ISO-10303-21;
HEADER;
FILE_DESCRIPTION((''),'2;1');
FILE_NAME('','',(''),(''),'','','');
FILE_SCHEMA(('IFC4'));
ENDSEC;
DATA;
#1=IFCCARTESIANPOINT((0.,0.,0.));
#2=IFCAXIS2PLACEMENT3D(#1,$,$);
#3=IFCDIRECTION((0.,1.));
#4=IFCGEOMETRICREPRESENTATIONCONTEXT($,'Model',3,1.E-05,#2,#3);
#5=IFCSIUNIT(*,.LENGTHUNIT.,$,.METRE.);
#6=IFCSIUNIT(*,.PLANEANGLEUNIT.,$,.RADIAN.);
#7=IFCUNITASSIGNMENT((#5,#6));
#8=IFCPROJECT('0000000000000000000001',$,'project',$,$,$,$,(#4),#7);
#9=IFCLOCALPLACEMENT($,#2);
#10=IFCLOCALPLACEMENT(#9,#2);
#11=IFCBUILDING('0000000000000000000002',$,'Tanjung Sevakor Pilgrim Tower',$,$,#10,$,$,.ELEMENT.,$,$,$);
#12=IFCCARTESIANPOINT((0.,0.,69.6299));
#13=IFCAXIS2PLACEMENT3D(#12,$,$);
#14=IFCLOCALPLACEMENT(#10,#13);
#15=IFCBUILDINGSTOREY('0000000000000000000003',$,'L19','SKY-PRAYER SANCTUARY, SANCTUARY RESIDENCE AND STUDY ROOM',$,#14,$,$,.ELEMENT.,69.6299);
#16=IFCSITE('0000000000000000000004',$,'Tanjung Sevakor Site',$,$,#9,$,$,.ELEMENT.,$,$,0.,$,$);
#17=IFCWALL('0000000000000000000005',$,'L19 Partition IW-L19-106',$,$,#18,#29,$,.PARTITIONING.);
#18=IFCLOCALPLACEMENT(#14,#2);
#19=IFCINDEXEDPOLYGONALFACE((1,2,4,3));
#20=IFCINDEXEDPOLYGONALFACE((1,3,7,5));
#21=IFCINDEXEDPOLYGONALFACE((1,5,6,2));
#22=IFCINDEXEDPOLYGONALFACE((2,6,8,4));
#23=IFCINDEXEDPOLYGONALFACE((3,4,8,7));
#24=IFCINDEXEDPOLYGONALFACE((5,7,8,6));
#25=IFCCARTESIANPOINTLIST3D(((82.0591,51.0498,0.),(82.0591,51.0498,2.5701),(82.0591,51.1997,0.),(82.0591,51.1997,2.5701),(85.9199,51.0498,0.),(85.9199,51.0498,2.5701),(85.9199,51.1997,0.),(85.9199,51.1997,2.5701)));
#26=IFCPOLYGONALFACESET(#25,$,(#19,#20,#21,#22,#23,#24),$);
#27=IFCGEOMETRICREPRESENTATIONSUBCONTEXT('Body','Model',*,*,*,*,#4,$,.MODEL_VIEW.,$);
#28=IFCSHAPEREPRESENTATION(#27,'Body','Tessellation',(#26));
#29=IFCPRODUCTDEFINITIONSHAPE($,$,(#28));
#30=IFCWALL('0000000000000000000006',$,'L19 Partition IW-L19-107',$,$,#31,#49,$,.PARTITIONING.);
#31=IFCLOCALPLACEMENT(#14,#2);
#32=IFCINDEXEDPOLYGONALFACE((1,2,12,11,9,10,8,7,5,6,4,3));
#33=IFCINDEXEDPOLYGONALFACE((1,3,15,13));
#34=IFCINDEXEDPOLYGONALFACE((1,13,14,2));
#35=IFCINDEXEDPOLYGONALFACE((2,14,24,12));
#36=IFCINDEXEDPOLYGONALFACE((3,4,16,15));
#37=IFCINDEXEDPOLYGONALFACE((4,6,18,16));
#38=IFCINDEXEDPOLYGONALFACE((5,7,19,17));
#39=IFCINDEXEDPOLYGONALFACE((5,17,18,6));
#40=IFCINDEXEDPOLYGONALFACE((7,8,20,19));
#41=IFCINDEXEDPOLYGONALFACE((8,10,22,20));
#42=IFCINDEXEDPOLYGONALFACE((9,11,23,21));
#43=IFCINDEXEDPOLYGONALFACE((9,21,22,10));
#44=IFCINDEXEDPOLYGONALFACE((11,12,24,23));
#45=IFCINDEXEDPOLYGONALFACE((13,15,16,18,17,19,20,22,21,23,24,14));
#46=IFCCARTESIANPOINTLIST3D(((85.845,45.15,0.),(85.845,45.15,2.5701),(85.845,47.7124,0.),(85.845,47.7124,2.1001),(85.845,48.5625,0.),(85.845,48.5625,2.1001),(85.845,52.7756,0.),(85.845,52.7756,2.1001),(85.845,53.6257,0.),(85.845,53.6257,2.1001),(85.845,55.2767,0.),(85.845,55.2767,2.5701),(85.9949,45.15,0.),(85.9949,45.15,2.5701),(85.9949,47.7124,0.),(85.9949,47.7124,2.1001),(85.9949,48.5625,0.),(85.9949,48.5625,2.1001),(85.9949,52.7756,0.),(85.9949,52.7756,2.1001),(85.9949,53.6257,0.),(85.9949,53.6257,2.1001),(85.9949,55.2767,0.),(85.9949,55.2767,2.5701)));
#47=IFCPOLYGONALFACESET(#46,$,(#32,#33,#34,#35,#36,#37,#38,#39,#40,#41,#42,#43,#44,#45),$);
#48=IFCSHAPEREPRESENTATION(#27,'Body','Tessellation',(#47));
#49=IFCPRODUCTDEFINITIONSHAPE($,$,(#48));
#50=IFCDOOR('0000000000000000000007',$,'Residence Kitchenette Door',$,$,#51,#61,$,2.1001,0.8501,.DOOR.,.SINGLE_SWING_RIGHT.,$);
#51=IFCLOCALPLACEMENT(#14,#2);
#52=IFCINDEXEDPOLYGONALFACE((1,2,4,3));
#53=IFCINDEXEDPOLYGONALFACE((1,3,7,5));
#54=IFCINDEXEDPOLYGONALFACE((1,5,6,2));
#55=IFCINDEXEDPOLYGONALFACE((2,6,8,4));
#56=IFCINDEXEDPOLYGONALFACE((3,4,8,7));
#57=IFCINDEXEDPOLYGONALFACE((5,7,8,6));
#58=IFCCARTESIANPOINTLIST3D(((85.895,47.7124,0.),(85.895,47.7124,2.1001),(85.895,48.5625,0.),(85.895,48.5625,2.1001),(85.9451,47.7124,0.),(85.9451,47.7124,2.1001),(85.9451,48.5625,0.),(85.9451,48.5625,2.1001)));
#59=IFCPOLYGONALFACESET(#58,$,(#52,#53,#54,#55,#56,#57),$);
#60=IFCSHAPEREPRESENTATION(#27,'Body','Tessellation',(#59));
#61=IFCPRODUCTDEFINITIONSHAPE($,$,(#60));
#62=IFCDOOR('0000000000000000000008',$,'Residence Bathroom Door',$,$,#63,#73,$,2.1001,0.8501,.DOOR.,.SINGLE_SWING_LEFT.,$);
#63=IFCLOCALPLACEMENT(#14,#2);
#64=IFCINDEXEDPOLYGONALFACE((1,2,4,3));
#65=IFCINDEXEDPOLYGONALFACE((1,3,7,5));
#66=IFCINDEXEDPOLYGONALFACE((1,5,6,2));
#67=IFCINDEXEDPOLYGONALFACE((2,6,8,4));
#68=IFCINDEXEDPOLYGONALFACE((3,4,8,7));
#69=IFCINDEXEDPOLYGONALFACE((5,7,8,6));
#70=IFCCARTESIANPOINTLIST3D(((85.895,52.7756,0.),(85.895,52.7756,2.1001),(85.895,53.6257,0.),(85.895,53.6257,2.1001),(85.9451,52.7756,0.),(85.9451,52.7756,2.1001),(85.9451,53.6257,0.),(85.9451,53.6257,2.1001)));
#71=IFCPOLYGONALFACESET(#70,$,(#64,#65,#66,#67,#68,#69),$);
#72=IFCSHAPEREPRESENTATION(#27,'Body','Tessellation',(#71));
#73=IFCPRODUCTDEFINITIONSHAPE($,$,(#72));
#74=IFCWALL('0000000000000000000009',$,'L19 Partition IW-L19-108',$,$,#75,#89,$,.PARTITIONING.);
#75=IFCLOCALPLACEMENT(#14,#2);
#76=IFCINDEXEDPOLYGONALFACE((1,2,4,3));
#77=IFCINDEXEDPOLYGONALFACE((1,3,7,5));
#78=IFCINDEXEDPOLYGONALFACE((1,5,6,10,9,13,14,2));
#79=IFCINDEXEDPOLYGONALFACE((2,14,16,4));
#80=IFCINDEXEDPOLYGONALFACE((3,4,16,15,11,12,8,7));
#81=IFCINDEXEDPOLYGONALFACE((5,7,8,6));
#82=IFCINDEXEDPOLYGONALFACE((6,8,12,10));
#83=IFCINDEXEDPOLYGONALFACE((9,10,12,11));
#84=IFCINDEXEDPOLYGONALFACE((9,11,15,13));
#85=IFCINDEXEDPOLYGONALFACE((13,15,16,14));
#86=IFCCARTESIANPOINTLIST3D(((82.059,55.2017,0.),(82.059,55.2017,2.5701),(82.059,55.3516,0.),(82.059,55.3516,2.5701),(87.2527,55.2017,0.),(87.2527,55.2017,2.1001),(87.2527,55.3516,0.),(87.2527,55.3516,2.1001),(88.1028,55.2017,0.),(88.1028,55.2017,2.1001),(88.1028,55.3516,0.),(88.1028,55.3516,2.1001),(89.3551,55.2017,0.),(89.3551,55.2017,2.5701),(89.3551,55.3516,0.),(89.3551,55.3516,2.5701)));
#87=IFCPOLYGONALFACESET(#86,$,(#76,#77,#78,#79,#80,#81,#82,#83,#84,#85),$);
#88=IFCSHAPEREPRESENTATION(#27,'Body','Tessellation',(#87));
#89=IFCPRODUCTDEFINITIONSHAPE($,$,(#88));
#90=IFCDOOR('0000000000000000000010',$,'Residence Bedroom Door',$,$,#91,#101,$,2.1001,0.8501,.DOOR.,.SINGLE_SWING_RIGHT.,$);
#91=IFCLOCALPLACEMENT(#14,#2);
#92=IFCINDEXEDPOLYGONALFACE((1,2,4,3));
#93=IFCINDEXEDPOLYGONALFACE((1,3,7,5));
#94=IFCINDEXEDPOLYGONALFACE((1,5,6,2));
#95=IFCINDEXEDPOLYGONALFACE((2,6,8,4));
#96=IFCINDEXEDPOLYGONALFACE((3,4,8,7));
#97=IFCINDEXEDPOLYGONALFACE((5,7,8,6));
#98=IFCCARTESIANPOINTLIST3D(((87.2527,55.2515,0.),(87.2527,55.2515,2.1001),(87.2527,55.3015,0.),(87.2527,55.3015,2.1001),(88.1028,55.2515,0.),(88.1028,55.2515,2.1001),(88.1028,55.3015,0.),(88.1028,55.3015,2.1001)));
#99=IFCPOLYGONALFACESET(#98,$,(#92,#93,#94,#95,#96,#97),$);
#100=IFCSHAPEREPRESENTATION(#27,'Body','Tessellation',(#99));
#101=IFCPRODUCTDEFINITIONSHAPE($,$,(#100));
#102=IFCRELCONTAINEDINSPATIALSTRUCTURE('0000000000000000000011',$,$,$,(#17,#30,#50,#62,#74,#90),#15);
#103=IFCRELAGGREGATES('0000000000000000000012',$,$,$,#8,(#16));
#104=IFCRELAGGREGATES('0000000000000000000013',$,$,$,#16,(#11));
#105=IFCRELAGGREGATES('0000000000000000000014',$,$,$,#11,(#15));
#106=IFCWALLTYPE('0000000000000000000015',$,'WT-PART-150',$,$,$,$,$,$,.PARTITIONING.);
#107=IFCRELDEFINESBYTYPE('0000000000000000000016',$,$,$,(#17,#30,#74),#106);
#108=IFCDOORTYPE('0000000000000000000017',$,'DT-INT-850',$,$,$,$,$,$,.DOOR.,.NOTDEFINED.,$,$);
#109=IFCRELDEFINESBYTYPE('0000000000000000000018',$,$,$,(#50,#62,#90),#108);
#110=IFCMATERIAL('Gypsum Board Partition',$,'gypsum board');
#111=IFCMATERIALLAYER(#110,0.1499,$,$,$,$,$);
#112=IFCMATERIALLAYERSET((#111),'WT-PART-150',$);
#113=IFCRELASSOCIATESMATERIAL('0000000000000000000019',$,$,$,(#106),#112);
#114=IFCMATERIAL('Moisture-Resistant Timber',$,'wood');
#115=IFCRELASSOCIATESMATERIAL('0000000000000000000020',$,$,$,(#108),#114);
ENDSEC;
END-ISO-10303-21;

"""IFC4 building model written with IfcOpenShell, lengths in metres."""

from ifc_helpers import new_model, si_unit, direction, frame, frame_2d, origin, place, context, subcontext, project, spatial, rectangle, extrude, material, layer, layer_set, type_object, element, fill, save


model = new_model("IFC4")

# Units and contexts
model_context = context("Model", 3, precision=1e-05, world=origin(), true_north=direction((0.0, 1.0)))
body_context = subcontext(model_context, "Body", "Model", "MODEL_VIEW")
ifc_project = project(units=[si_unit("LENGTHUNIT", "METRE"), si_unit("PLANEANGLEUNIT", "RADIAN")], contexts=[model_context])

# Site, building, storey
site_placement = place(None, origin())
site = spatial("IfcSite", under=ifc_project, at=site_placement, Name="Tanjung Sevakor Site", CompositionType="ELEMENT", RefElevation=0.0)
building_placement = place(site_placement, origin())
building = spatial("IfcBuilding", under=site, at=building_placement, Name="Tanjung Sevakor Pilgrim Tower", CompositionType="ELEMENT")
storey_placement = place(building_placement, frame((0.0, 0.0, 69.6299)))
storey = spatial("IfcBuildingStorey", under=building, at=storey_placement, Name="L19", Description="SKY-PRAYER SANCTUARY, SANCTUARY RESIDENCE AND STUDY ROOM", CompositionType="ELEMENT", Elevation=69.6299)

# Wall
ifc_material_1 = material(Name="Gypsum Board Partition", Category="gypsum board")
ifc_layer_1 = layer(ifc_material_1, 0.1499)
ifc_layer_set_1 = layer_set([ifc_layer_1], Name="WT-PART-150")
wall_type_1 = type_object("IfcWallType", Name="WT-PART-150", PredefinedType="PARTITIONING", material=ifc_layer_set_1)
wall_1_placement = place(storey_placement, frame((82.0591, 51.1248, 0.0), z_axis=(0.0, 0.0, 1.0), x_axis=(1.0, 0.0, 0.0)))
element("IfcWall", 1, at=wall_1_placement, inside=storey, type_object=wall_type_1, Name="L19 Partition IW-L19-106", PredefinedType="PARTITIONING", context=body_context, shape_type="SweptSolid", body=[
    extrude(rectangle(XDim=3.8608, YDim=0.1499, at=frame_2d((1.9304, 0.0))), origin(), (0.0, 0.0, 1.0), 2.5701),
])

# Wall, openings, doors
wall_2_placement = place(storey_placement, frame((85.9199, 45.1499, 0.0), z_axis=(0.0, 0.0, 1.0), x_axis=(0.0, 1.0, 0.0)))
wall_2 = element("IfcWall", 2, at=wall_2_placement, inside=storey, type_object=wall_type_1, Name="L19 Partition IW-L19-107", PredefinedType="PARTITIONING", context=body_context, shape_type="SweptSolid", body=[
    extrude(rectangle(XDim=10.1267, YDim=0.1499, at=frame_2d((5.0635, 0.0))), origin(), (0.0, 0.0, 1.0), 2.5701),
])
opening_1_placement = place(wall_2_placement, frame((2.5625, 0.0, 0.0)))
opening_1 = element("IfcOpeningElement", 3, at=opening_1_placement, cuts=wall_2, PredefinedType="OPENING", context=body_context, shape_type="SweptSolid", body=[
    extrude(rectangle(XDim=0.8501, YDim=2.1001, at=frame_2d((0.425, 1.05))), frame((0.0, 0.085, 0.0), z_axis=(0.0, -1.0, 0.0), x_axis=(1.0, 0.0, 0.0)), (0.0, 0.0, 1.0), 0.1699),
])
opening_2_placement = place(wall_2_placement, frame((7.6257, 0.0, 0.0)))
opening_2 = element("IfcOpeningElement", 4, at=opening_2_placement, cuts=wall_2, PredefinedType="OPENING", context=body_context, shape_type="SweptSolid", body=[
    extrude(rectangle(XDim=0.8501, YDim=2.1001, at=frame_2d((0.425, 1.05))), frame((0.0, 0.085, 0.0), z_axis=(0.0, -1.0, 0.0), x_axis=(1.0, 0.0, 0.0)), (0.0, 0.0, 1.0), 0.1699),
])
ifc_material_2 = material(Name="Moisture-Resistant Timber", Category="wood")
door_type_1 = type_object("IfcDoorType", Name="DT-INT-850", OperationType="NOTDEFINED", PredefinedType="DOOR", material=ifc_material_2)
door_1_placement = place(opening_1_placement, origin())
door_1 = element("IfcDoor", 5, at=door_1_placement, inside=storey, type_object=door_type_1, Name="Residence Kitchenette Door", OperationType="SINGLE_SWING_RIGHT", OverallHeight=2.1001, OverallWidth=0.8501, PredefinedType="DOOR", context=body_context, shape_type="SweptSolid", body=[
    extrude(rectangle(XDim=0.8501, YDim=2.1001, at=frame_2d((0.425, 1.05))), frame((0.0, 0.0249, 0.0), z_axis=(0.0, -1.0, 0.0), x_axis=(1.0, 0.0, 0.0)), (0.0, 0.0, 1.0), 0.05),
])
fill(opening_1, door_1)
door_2_placement = place(opening_2_placement, origin())
door_2 = element("IfcDoor", 6, at=door_2_placement, inside=storey, type_object=door_type_1, Name="Residence Bathroom Door", OperationType="SINGLE_SWING_LEFT", OverallHeight=2.1001, OverallWidth=0.8501, PredefinedType="DOOR", context=body_context, shape_type="SweptSolid", body=[
    extrude(rectangle(XDim=0.8501, YDim=2.1001, at=frame_2d((0.425, 1.05))), frame((0.0, 0.0249, 0.0), z_axis=(0.0, -1.0, 0.0), x_axis=(1.0, 0.0, 0.0)), (0.0, 0.0, 1.0), 0.05),
])
fill(opening_2, door_2)

# Wall, opening, door
wall_3_placement = place(storey_placement, frame((82.0591, 55.2766, 0.0), z_axis=(0.0, 0.0, 1.0), x_axis=(1.0, 0.0, 0.0)))
wall_3 = element("IfcWall", 7, at=wall_3_placement, inside=storey, type_object=wall_type_1, Name="L19 Partition IW-L19-108", PredefinedType="PARTITIONING", context=body_context, shape_type="SweptSolid", body=[
    extrude(rectangle(XDim=7.2961, YDim=0.1499, at=frame_2d((3.6479, 0.0))), origin(), (0.0, 0.0, 1.0), 2.5701),
])
opening_3_placement = place(wall_3_placement, frame((5.1936, 0.0, 0.0)))
opening_3 = element("IfcOpeningElement", 8, at=opening_3_placement, cuts=wall_3, PredefinedType="OPENING", context=body_context, shape_type="SweptSolid", body=[
    extrude(rectangle(XDim=0.8501, YDim=2.1001, at=frame_2d((0.425, 1.05))), frame((0.0, 0.085, 0.0), z_axis=(0.0, -1.0, 0.0), x_axis=(1.0, 0.0, 0.0)), (0.0, 0.0, 1.0), 0.1699),
])
door_3_placement = place(opening_3_placement, origin())
door_3 = element("IfcDoor", 9, at=door_3_placement, inside=storey, type_object=door_type_1, Name="Residence Bedroom Door", OperationType="SINGLE_SWING_RIGHT", OverallHeight=2.1001, OverallWidth=0.8501, PredefinedType="DOOR", context=body_context, shape_type="SweptSolid", body=[
    extrude(rectangle(XDim=0.8501, YDim=2.1001, at=frame_2d((0.425, 1.05))), frame((0.0, 0.0249, 0.0), z_axis=(0.0, -1.0, 0.0), x_axis=(1.0, 0.0, 0.0)), (0.0, 0.0, 1.0), 0.05),
])
fill(opening_3, door_3)

save(model, "model.ifc")
